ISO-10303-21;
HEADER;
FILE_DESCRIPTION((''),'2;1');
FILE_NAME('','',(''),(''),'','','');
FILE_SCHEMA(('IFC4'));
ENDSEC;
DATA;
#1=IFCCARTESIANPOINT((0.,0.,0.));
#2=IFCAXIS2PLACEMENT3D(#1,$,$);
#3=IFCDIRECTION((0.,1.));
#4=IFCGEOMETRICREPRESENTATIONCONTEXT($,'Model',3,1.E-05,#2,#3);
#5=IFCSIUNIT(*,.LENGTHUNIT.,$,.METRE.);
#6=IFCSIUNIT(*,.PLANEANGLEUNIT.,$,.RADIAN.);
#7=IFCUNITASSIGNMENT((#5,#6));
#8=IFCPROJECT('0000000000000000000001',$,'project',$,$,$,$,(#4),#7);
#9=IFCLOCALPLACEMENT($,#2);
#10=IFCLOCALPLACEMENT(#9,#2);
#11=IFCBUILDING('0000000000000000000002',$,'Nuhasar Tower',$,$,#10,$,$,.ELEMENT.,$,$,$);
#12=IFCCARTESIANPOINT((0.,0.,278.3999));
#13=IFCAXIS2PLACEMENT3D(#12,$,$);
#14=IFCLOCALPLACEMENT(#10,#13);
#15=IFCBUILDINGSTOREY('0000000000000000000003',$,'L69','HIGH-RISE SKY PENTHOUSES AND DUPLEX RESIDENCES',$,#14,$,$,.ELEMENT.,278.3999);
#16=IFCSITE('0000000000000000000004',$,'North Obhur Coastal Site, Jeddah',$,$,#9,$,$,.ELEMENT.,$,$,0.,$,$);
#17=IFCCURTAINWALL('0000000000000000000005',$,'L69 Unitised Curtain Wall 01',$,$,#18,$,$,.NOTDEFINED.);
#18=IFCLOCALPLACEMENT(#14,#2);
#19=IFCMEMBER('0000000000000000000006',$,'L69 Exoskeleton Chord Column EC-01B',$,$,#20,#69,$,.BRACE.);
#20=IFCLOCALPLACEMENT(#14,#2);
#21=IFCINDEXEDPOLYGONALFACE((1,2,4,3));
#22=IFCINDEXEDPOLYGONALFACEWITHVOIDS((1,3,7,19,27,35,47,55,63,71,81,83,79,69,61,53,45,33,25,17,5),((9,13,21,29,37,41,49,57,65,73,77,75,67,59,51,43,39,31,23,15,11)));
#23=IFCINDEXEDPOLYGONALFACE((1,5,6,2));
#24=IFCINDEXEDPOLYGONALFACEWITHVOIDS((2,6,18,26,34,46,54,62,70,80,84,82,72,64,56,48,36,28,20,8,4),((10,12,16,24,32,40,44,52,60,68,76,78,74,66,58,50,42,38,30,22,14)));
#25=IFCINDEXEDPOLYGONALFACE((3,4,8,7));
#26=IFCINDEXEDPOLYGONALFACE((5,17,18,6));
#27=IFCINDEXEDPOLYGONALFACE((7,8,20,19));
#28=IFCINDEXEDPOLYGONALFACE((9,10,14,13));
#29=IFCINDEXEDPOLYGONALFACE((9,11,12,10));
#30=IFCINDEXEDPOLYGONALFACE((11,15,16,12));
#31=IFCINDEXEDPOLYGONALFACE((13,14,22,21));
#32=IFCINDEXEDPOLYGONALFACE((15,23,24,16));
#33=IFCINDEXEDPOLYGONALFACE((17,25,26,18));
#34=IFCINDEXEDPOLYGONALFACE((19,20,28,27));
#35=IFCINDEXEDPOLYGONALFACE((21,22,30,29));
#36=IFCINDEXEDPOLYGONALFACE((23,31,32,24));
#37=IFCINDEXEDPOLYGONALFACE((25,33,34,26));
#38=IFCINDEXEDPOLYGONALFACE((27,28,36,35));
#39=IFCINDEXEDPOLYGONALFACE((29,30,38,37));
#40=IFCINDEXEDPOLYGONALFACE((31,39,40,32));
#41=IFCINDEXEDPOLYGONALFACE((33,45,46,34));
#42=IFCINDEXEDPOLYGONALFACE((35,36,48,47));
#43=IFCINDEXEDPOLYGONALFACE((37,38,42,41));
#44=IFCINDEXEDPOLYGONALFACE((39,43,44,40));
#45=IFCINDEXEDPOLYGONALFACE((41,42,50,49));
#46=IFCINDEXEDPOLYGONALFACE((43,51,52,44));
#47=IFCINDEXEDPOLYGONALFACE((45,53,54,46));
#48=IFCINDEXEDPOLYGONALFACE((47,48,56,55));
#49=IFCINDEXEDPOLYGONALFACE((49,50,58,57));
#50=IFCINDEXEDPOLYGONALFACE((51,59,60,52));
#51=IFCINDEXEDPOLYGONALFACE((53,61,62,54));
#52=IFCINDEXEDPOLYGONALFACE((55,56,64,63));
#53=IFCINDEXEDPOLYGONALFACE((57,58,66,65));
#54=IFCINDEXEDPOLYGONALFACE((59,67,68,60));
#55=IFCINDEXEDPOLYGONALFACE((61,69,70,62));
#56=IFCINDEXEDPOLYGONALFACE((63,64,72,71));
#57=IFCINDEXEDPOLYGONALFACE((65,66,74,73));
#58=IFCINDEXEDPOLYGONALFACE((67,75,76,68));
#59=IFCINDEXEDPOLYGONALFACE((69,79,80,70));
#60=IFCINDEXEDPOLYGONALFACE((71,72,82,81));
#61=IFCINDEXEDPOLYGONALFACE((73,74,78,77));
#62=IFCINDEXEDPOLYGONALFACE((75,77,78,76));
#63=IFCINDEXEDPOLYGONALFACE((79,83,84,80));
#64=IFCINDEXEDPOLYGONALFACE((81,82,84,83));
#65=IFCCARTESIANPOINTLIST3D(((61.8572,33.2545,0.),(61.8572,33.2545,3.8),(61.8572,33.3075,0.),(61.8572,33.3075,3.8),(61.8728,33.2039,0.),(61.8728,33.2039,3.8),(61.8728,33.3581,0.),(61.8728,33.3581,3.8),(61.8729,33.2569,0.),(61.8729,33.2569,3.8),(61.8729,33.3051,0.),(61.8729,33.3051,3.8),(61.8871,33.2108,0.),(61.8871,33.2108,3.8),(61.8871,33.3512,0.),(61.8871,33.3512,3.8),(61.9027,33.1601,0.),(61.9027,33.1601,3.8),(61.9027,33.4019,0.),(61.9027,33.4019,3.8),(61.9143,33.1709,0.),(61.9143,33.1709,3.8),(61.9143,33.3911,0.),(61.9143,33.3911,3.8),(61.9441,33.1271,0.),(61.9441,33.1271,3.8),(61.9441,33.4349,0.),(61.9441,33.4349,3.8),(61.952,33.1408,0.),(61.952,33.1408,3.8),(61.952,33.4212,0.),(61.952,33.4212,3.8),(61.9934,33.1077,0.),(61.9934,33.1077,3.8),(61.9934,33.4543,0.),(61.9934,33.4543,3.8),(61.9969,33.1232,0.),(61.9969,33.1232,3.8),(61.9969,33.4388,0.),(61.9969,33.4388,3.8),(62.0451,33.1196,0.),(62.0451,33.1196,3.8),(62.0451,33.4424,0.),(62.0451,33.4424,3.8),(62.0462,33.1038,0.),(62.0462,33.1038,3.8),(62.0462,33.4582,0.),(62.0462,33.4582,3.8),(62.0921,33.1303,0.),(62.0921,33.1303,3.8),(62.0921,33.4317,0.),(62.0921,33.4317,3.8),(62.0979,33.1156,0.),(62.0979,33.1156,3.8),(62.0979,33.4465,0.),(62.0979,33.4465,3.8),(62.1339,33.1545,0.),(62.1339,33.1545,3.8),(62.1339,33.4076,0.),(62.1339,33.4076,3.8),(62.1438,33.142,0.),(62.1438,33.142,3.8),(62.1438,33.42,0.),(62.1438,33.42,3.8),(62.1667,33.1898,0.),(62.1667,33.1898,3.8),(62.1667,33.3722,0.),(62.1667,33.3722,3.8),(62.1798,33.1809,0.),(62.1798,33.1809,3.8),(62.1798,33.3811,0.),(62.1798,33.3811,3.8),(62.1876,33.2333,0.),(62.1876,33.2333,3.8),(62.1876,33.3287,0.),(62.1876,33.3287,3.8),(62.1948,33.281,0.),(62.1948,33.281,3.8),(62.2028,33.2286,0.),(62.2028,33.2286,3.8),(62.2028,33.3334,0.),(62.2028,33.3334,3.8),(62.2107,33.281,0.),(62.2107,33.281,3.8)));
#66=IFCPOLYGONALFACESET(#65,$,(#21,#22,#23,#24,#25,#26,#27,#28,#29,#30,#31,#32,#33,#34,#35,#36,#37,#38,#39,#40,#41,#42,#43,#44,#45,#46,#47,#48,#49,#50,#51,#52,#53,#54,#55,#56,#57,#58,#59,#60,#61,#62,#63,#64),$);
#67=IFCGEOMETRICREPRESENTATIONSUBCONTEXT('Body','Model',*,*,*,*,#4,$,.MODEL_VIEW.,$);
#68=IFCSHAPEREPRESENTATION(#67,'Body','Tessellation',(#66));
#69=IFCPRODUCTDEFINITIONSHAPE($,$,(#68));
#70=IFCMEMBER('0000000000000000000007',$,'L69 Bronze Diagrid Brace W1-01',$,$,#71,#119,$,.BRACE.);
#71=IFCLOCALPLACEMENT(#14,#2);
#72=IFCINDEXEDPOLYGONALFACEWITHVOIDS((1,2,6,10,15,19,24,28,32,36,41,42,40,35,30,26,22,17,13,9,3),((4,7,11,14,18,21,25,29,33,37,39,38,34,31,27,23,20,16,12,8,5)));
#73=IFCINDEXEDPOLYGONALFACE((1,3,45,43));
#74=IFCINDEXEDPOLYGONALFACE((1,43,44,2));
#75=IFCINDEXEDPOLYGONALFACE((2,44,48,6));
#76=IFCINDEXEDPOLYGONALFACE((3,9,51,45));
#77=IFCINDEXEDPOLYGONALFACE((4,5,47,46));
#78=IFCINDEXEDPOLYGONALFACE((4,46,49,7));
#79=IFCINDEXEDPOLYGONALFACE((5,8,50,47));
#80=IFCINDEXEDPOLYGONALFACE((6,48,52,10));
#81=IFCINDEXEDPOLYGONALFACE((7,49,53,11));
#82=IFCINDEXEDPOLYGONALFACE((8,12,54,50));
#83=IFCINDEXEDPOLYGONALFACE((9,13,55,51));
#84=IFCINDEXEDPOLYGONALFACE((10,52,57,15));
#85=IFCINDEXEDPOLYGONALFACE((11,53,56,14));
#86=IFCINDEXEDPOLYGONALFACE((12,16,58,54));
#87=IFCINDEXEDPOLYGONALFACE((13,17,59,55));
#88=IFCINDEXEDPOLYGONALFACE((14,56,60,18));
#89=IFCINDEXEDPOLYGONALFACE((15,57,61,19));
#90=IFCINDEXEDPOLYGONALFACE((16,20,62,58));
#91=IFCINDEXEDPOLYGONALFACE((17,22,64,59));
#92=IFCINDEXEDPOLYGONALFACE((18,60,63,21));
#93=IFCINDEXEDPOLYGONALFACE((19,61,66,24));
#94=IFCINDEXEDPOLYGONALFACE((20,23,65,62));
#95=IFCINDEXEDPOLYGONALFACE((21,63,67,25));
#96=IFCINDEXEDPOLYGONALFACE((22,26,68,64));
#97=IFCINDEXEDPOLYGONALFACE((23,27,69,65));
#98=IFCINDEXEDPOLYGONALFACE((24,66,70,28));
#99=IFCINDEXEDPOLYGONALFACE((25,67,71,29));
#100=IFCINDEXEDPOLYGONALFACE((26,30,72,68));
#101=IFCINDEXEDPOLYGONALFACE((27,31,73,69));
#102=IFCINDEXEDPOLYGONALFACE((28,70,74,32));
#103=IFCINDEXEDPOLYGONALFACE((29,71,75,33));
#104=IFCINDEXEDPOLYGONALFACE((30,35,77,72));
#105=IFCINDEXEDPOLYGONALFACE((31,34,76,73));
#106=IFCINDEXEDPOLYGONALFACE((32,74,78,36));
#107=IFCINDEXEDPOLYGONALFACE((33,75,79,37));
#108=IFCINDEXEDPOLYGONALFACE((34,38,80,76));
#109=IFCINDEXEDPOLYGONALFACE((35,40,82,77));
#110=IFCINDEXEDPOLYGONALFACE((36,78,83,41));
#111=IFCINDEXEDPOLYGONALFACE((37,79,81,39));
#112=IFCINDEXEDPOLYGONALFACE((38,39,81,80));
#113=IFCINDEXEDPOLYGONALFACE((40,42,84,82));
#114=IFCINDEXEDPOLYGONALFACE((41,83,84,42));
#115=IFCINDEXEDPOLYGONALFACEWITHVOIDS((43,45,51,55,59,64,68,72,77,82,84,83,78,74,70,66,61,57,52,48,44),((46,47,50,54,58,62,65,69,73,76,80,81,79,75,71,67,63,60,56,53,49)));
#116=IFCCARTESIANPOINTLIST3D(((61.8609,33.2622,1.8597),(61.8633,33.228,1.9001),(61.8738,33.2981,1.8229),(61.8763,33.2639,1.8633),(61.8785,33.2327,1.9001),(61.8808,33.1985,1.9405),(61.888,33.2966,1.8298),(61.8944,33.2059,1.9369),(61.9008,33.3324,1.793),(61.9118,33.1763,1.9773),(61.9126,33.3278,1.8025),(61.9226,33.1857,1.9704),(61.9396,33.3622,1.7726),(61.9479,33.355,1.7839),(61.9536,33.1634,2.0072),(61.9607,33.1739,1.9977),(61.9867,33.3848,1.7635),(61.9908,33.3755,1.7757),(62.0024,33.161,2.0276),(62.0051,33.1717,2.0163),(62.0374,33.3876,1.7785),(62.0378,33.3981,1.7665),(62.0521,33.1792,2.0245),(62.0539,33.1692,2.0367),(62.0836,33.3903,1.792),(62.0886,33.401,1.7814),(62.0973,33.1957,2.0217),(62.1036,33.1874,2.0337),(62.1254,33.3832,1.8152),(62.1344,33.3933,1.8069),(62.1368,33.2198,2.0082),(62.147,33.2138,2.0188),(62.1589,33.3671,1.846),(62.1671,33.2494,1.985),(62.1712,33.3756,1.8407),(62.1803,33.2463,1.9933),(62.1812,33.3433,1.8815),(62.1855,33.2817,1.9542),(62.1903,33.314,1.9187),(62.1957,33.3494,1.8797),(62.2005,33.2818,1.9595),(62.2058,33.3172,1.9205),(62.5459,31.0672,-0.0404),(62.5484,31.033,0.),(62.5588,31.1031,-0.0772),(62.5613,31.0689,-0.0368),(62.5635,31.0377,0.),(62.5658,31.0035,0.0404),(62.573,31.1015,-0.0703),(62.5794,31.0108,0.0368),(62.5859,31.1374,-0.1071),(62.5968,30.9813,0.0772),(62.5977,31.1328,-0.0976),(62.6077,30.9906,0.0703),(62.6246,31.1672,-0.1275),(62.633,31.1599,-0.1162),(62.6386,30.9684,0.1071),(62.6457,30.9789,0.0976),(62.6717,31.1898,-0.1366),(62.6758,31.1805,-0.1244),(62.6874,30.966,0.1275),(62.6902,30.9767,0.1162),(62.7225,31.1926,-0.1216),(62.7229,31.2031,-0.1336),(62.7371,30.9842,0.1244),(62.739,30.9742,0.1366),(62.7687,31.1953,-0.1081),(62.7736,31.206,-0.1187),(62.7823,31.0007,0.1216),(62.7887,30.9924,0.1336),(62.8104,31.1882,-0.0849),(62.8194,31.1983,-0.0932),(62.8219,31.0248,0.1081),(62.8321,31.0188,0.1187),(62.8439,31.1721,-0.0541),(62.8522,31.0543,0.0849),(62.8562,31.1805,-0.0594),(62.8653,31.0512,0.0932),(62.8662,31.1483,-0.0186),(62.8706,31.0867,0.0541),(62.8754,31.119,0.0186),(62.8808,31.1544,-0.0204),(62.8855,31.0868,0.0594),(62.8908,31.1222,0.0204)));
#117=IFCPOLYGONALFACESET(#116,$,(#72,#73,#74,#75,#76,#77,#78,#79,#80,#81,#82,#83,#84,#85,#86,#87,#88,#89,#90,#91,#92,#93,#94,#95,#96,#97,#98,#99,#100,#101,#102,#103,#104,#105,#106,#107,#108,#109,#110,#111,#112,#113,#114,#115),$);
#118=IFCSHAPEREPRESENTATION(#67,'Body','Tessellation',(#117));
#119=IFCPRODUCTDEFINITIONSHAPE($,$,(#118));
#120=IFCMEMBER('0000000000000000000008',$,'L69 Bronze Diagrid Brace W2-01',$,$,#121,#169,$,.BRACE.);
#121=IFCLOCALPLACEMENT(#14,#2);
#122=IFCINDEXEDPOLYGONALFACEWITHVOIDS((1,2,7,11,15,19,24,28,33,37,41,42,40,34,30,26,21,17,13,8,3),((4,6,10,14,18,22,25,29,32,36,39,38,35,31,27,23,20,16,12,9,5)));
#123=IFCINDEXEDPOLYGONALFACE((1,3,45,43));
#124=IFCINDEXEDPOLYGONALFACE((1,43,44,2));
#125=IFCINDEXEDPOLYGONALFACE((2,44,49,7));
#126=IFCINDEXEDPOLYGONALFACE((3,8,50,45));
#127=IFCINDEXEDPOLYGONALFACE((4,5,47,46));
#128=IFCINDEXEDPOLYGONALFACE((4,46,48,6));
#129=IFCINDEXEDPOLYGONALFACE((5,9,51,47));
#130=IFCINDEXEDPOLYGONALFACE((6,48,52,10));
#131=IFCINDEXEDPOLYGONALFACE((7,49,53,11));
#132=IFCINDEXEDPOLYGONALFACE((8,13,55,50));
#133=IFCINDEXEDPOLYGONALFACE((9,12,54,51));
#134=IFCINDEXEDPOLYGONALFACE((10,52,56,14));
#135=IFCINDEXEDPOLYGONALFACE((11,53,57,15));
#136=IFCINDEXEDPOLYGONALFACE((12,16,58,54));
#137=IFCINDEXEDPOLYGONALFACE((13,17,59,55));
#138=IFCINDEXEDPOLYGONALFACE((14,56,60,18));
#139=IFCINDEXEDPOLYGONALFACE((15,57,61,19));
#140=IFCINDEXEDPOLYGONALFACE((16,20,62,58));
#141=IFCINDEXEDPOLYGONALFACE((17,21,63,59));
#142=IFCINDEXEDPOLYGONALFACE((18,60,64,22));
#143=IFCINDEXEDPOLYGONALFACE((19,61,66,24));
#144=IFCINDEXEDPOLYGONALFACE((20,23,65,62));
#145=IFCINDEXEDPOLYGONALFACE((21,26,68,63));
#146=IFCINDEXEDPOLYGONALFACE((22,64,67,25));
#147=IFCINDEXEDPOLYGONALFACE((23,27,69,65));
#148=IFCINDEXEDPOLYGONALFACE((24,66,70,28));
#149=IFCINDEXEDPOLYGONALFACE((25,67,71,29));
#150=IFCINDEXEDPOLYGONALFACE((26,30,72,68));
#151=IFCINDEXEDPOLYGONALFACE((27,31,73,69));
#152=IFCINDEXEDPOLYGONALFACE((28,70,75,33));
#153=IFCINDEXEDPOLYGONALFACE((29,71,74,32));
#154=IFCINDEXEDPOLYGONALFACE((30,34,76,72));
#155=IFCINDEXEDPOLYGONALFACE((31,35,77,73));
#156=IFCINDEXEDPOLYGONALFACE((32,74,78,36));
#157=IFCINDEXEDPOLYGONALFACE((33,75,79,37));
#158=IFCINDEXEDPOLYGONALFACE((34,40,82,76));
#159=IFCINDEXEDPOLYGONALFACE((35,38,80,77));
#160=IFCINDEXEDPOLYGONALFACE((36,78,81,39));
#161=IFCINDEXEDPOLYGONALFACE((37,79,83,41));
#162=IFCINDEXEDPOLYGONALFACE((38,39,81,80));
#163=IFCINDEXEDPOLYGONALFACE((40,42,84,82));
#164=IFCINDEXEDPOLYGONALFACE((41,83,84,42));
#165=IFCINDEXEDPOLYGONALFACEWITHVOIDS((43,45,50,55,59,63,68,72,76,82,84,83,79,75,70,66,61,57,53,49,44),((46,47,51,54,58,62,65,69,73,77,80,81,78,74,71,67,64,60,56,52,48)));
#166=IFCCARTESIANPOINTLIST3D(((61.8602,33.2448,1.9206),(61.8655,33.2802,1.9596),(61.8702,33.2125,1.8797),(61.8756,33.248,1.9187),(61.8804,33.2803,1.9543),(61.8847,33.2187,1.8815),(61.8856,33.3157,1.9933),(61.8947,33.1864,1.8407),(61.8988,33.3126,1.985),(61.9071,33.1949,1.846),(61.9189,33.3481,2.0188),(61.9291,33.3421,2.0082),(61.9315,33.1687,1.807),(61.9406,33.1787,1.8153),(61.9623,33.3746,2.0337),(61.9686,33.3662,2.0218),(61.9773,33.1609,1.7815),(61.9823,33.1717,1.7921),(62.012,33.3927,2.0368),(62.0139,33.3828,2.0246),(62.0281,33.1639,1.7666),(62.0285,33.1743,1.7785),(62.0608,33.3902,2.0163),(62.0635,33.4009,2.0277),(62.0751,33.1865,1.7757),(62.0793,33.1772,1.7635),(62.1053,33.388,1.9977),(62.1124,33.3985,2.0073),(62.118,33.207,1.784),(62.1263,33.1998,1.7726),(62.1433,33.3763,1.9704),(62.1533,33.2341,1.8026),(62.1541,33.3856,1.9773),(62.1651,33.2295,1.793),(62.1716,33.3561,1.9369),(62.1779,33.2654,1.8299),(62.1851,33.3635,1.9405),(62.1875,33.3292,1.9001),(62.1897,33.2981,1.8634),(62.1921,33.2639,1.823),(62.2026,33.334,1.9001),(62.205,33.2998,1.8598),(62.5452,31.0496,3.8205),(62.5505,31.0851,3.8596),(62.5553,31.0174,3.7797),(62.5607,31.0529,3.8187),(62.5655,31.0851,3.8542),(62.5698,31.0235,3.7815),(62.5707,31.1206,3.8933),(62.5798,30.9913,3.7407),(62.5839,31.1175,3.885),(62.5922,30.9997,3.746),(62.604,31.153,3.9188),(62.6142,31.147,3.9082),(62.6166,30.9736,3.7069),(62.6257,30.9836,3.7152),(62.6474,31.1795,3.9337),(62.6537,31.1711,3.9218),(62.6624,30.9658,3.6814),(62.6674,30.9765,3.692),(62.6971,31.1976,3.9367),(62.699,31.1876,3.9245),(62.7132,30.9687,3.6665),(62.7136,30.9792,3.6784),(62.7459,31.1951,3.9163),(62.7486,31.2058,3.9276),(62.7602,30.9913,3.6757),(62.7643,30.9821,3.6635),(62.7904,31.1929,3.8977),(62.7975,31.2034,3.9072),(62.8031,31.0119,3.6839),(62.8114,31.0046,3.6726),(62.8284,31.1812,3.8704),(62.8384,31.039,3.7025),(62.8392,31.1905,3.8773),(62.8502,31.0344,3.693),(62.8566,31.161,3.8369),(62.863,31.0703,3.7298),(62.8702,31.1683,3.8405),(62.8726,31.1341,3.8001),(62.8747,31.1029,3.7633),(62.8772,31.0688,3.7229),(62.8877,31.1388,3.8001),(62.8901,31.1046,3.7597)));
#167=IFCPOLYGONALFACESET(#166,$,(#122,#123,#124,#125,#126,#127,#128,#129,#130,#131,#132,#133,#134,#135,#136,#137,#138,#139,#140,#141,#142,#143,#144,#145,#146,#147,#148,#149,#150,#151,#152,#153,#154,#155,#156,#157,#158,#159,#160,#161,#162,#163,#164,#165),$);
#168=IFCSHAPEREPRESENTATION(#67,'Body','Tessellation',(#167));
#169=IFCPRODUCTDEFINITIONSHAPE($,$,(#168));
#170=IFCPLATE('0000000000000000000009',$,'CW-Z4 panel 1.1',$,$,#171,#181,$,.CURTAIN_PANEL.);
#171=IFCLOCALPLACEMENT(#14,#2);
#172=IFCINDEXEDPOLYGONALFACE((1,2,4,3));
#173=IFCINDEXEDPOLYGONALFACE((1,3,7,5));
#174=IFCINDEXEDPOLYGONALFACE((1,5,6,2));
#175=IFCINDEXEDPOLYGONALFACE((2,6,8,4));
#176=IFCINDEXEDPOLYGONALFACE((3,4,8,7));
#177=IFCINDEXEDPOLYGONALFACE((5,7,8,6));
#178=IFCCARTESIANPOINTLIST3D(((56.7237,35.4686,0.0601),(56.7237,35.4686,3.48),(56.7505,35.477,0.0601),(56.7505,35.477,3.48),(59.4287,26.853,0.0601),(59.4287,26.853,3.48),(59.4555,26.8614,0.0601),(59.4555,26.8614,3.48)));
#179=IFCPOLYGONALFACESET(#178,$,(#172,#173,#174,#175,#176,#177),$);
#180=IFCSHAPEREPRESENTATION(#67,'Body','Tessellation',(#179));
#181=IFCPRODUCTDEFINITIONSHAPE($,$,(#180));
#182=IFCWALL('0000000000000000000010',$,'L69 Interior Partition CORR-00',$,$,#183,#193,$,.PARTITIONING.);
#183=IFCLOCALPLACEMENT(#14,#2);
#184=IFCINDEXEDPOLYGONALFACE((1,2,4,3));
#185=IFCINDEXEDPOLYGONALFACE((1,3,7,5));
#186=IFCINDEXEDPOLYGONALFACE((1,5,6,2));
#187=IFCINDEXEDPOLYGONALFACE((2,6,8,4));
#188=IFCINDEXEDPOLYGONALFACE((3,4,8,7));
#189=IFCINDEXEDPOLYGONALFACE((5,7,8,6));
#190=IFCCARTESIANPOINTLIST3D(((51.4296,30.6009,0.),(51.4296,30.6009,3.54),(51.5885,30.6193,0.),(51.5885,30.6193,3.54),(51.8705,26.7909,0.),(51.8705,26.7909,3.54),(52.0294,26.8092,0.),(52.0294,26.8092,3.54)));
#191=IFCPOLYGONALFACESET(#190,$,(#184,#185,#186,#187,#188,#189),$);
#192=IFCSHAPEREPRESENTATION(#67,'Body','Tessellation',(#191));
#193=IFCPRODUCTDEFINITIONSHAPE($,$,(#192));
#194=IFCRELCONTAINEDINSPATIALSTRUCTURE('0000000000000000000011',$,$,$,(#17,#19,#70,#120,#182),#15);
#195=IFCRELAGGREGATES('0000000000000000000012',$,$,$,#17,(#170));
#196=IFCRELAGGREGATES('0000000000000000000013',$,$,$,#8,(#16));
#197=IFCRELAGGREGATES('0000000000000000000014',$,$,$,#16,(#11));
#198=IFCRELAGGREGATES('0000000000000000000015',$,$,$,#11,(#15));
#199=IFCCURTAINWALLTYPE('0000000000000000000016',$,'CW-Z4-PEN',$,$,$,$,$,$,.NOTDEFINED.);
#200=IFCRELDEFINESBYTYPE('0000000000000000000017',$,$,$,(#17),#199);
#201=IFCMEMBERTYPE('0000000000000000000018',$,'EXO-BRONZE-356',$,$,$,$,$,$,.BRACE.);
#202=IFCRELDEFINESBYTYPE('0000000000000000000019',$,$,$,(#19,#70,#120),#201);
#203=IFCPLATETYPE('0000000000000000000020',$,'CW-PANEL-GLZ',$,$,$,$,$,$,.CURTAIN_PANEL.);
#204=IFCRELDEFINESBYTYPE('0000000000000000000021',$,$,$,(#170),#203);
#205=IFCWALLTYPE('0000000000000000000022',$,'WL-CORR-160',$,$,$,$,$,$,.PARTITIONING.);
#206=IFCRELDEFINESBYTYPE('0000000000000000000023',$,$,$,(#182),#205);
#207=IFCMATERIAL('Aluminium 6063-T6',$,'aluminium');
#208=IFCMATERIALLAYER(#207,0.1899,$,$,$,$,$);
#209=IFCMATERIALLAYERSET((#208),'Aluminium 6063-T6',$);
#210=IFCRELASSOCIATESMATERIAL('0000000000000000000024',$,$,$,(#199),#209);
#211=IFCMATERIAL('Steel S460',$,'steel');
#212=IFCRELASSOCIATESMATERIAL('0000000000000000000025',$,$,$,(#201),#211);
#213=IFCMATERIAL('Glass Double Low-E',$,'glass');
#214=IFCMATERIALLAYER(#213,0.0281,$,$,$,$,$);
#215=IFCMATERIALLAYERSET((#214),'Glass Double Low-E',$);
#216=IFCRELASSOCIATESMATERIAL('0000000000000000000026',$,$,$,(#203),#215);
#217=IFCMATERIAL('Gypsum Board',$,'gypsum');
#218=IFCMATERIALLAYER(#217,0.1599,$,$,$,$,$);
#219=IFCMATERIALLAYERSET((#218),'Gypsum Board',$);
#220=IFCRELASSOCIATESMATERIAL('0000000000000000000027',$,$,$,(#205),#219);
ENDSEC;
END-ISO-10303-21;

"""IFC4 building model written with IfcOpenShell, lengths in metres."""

from ifc_helpers import new_model, si_unit, direction, frame, frame_2d, origin, origin_2d, place, context, subcontext, project, spatial, rectangle, hollow_circle, extrude, material, layer, layer_set, material_profile, profile_set, type_object, element, aggregate, save


model = new_model("IFC4")

# Units and contexts
model_context = context("Model", 3, precision=1e-05, world=origin(), true_north=direction((0.0, 1.0)))
body_context = subcontext(model_context, "Body", "Model", "MODEL_VIEW")
ifc_project = project(units=[si_unit("LENGTHUNIT", "METRE"), si_unit("PLANEANGLEUNIT", "RADIAN")], contexts=[model_context])

# Site, building, storey
site_placement = place(None, origin())
site = spatial("IfcSite", under=ifc_project, at=site_placement, Name="North Obhur Coastal Site, Jeddah", CompositionType="ELEMENT", RefElevation=0.0)
building_placement = place(site_placement, origin())
building = spatial("IfcBuilding", under=site, at=building_placement, Name="Nuhasar Tower", CompositionType="ELEMENT")
storey_placement = place(building_placement, frame((0.0, 0.0, 278.3999)))
storey = spatial("IfcBuildingStorey", under=building, at=storey_placement, Name="L69", Description="HIGH-RISE SKY PENTHOUSES AND DUPLEX RESIDENCES", CompositionType="ELEMENT", Elevation=278.3999)

# Curtain wall
ifc_material_1 = material(Name="Aluminium 6063-T6", Category="aluminium")
ifc_layer_1 = layer(ifc_material_1, 0.1899)
ifc_layer_set_1 = layer_set([ifc_layer_1], Name="Aluminium 6063-T6")
curtain_wall_type = type_object("IfcCurtainWallType", Name="CW-Z4-PEN", PredefinedType="NOTDEFINED", material=ifc_layer_set_1)
curtain_wall_1_placement = place(storey_placement, origin())
curtain_wall_1 = element("IfcCurtainWall", 1, at=curtain_wall_1_placement, inside=storey, type_object=curtain_wall_type, Name="L69 Unitised Curtain Wall 01", PredefinedType="NOTDEFINED")

# Members
ifc_material_2 = material(Name="Steel S460", Category="steel")
ifc_material_profile_1 = material_profile(ifc_material_2, hollow_circle(Radius=0.1777, WallThickness=0.0159, at=origin_2d()), Name="HSS355.6X15.9")
ifc_profile_set_1 = profile_set([ifc_material_profile_1], Name="Steel S460")
member_type_1 = type_object("IfcMemberType", Name="EXO-BRONZE-356", PredefinedType="BRACE", material=ifc_profile_set_1)
for number, where, z_axis, x_axis, name in (
    (2, (62.033, 33.281, 0.0), (0.0, 0.0, 1.0), (1.0, 0.0, 0.0), "L69 Exoskeleton Chord Column EC-01B"),
):
    element("IfcMember", number, at=place(storey_placement, frame(where, z_axis=z_axis, x_axis=x_axis)), inside=storey, type_object=member_type_1, Name=name, PredefinedType="BRACE", context=body_context, shape_type="SweptSolid", body=[
        extrude(hollow_circle(Radius=0.1777, WallThickness=0.0159, at=origin_2d()), origin(), (0.0, 0.0, 1.0), 3.8),
    ])
for number, where, z_axis, x_axis, name in (
    (3, (62.718, 31.0859, 0.0), (-0.229656, 0.735864, 0.636995), (-0.954591, -0.297918, 0.0), "L69 Bronze Diagrid Brace W1-01"),
    (4, (62.033, 33.281, 1.9001), (0.229668, -0.735902, 0.636947), (0.954591, 0.297918, 0.0), "L69 Bronze Diagrid Brace W2-01"),
):
    element("IfcMember", number, at=place(storey_placement, frame(where, z_axis=z_axis, x_axis=x_axis)), inside=storey, type_object=member_type_1, Name=name, PredefinedType="BRACE", context=body_context, shape_type="SweptSolid", body=[
        extrude(hollow_circle(Radius=0.1777, WallThickness=0.0159, at=origin_2d()), origin(), (0.0, 0.0, 1.0), 2.9829),
    ])

# Plate
ifc_material_3 = material(Name="Glass Double Low-E", Category="glass")
ifc_layer_2 = layer(ifc_material_3, 0.0281)
ifc_layer_set_2 = layer_set([ifc_layer_2], Name="Glass Double Low-E")
plate_type = type_object("IfcPlateType", Name="CW-PANEL-GLZ", PredefinedType="CURTAIN_PANEL", material=ifc_layer_set_2)
plate_placement = place(storey_placement, frame((58.0896, 31.165, 0.0601), z_axis=(0.0, 0.0, 1.0), x_axis=(-0.299557, 0.954079, 0.0)))
plate = element("IfcPlate", 5, at=plate_placement, type_object=plate_type, Name="CW-Z4 panel 1.1", PredefinedType="CURTAIN_PANEL", context=body_context, shape_type="SweptSolid", body=[
    extrude(rectangle(XDim=9.0303, YDim=0.0281, at=origin_2d()), origin(), (0.0, 0.0, 1.0), 3.4199),
])
aggregate(curtain_wall_1, [plate])

# Shared definitions
ifc_material_4 = material(Name="Gypsum Board", Category="gypsum")
ifc_layer_3 = layer(ifc_material_4, 0.1599)
ifc_layer_set_3 = layer_set([ifc_layer_3], Name="Gypsum Board")
wall_type_1 = type_object("IfcWallType", Name="WL-CORR-160", PredefinedType="PARTITIONING", material=ifc_layer_set_3)

# Wall
wall_1_placement = place(storey_placement, frame((51.95, 26.8, 0.0), z_axis=(0.0, 0.0, 1.0), x_axis=(-0.114958, 0.99337, 0.0)))
element("IfcWall", 6, at=wall_1_placement, inside=storey, type_object=wall_type_1, Name="L69 Interior Partition CORR-00", PredefinedType="PARTITIONING", context=body_context, shape_type="SweptSolid", body=[
    extrude(rectangle(XDim=3.8354, YDim=0.1599, at=frame_2d((1.9177, 0.0))), origin(), (0.0, 0.0, 1.0), 3.54),
])

save(model, "model.ifc")
